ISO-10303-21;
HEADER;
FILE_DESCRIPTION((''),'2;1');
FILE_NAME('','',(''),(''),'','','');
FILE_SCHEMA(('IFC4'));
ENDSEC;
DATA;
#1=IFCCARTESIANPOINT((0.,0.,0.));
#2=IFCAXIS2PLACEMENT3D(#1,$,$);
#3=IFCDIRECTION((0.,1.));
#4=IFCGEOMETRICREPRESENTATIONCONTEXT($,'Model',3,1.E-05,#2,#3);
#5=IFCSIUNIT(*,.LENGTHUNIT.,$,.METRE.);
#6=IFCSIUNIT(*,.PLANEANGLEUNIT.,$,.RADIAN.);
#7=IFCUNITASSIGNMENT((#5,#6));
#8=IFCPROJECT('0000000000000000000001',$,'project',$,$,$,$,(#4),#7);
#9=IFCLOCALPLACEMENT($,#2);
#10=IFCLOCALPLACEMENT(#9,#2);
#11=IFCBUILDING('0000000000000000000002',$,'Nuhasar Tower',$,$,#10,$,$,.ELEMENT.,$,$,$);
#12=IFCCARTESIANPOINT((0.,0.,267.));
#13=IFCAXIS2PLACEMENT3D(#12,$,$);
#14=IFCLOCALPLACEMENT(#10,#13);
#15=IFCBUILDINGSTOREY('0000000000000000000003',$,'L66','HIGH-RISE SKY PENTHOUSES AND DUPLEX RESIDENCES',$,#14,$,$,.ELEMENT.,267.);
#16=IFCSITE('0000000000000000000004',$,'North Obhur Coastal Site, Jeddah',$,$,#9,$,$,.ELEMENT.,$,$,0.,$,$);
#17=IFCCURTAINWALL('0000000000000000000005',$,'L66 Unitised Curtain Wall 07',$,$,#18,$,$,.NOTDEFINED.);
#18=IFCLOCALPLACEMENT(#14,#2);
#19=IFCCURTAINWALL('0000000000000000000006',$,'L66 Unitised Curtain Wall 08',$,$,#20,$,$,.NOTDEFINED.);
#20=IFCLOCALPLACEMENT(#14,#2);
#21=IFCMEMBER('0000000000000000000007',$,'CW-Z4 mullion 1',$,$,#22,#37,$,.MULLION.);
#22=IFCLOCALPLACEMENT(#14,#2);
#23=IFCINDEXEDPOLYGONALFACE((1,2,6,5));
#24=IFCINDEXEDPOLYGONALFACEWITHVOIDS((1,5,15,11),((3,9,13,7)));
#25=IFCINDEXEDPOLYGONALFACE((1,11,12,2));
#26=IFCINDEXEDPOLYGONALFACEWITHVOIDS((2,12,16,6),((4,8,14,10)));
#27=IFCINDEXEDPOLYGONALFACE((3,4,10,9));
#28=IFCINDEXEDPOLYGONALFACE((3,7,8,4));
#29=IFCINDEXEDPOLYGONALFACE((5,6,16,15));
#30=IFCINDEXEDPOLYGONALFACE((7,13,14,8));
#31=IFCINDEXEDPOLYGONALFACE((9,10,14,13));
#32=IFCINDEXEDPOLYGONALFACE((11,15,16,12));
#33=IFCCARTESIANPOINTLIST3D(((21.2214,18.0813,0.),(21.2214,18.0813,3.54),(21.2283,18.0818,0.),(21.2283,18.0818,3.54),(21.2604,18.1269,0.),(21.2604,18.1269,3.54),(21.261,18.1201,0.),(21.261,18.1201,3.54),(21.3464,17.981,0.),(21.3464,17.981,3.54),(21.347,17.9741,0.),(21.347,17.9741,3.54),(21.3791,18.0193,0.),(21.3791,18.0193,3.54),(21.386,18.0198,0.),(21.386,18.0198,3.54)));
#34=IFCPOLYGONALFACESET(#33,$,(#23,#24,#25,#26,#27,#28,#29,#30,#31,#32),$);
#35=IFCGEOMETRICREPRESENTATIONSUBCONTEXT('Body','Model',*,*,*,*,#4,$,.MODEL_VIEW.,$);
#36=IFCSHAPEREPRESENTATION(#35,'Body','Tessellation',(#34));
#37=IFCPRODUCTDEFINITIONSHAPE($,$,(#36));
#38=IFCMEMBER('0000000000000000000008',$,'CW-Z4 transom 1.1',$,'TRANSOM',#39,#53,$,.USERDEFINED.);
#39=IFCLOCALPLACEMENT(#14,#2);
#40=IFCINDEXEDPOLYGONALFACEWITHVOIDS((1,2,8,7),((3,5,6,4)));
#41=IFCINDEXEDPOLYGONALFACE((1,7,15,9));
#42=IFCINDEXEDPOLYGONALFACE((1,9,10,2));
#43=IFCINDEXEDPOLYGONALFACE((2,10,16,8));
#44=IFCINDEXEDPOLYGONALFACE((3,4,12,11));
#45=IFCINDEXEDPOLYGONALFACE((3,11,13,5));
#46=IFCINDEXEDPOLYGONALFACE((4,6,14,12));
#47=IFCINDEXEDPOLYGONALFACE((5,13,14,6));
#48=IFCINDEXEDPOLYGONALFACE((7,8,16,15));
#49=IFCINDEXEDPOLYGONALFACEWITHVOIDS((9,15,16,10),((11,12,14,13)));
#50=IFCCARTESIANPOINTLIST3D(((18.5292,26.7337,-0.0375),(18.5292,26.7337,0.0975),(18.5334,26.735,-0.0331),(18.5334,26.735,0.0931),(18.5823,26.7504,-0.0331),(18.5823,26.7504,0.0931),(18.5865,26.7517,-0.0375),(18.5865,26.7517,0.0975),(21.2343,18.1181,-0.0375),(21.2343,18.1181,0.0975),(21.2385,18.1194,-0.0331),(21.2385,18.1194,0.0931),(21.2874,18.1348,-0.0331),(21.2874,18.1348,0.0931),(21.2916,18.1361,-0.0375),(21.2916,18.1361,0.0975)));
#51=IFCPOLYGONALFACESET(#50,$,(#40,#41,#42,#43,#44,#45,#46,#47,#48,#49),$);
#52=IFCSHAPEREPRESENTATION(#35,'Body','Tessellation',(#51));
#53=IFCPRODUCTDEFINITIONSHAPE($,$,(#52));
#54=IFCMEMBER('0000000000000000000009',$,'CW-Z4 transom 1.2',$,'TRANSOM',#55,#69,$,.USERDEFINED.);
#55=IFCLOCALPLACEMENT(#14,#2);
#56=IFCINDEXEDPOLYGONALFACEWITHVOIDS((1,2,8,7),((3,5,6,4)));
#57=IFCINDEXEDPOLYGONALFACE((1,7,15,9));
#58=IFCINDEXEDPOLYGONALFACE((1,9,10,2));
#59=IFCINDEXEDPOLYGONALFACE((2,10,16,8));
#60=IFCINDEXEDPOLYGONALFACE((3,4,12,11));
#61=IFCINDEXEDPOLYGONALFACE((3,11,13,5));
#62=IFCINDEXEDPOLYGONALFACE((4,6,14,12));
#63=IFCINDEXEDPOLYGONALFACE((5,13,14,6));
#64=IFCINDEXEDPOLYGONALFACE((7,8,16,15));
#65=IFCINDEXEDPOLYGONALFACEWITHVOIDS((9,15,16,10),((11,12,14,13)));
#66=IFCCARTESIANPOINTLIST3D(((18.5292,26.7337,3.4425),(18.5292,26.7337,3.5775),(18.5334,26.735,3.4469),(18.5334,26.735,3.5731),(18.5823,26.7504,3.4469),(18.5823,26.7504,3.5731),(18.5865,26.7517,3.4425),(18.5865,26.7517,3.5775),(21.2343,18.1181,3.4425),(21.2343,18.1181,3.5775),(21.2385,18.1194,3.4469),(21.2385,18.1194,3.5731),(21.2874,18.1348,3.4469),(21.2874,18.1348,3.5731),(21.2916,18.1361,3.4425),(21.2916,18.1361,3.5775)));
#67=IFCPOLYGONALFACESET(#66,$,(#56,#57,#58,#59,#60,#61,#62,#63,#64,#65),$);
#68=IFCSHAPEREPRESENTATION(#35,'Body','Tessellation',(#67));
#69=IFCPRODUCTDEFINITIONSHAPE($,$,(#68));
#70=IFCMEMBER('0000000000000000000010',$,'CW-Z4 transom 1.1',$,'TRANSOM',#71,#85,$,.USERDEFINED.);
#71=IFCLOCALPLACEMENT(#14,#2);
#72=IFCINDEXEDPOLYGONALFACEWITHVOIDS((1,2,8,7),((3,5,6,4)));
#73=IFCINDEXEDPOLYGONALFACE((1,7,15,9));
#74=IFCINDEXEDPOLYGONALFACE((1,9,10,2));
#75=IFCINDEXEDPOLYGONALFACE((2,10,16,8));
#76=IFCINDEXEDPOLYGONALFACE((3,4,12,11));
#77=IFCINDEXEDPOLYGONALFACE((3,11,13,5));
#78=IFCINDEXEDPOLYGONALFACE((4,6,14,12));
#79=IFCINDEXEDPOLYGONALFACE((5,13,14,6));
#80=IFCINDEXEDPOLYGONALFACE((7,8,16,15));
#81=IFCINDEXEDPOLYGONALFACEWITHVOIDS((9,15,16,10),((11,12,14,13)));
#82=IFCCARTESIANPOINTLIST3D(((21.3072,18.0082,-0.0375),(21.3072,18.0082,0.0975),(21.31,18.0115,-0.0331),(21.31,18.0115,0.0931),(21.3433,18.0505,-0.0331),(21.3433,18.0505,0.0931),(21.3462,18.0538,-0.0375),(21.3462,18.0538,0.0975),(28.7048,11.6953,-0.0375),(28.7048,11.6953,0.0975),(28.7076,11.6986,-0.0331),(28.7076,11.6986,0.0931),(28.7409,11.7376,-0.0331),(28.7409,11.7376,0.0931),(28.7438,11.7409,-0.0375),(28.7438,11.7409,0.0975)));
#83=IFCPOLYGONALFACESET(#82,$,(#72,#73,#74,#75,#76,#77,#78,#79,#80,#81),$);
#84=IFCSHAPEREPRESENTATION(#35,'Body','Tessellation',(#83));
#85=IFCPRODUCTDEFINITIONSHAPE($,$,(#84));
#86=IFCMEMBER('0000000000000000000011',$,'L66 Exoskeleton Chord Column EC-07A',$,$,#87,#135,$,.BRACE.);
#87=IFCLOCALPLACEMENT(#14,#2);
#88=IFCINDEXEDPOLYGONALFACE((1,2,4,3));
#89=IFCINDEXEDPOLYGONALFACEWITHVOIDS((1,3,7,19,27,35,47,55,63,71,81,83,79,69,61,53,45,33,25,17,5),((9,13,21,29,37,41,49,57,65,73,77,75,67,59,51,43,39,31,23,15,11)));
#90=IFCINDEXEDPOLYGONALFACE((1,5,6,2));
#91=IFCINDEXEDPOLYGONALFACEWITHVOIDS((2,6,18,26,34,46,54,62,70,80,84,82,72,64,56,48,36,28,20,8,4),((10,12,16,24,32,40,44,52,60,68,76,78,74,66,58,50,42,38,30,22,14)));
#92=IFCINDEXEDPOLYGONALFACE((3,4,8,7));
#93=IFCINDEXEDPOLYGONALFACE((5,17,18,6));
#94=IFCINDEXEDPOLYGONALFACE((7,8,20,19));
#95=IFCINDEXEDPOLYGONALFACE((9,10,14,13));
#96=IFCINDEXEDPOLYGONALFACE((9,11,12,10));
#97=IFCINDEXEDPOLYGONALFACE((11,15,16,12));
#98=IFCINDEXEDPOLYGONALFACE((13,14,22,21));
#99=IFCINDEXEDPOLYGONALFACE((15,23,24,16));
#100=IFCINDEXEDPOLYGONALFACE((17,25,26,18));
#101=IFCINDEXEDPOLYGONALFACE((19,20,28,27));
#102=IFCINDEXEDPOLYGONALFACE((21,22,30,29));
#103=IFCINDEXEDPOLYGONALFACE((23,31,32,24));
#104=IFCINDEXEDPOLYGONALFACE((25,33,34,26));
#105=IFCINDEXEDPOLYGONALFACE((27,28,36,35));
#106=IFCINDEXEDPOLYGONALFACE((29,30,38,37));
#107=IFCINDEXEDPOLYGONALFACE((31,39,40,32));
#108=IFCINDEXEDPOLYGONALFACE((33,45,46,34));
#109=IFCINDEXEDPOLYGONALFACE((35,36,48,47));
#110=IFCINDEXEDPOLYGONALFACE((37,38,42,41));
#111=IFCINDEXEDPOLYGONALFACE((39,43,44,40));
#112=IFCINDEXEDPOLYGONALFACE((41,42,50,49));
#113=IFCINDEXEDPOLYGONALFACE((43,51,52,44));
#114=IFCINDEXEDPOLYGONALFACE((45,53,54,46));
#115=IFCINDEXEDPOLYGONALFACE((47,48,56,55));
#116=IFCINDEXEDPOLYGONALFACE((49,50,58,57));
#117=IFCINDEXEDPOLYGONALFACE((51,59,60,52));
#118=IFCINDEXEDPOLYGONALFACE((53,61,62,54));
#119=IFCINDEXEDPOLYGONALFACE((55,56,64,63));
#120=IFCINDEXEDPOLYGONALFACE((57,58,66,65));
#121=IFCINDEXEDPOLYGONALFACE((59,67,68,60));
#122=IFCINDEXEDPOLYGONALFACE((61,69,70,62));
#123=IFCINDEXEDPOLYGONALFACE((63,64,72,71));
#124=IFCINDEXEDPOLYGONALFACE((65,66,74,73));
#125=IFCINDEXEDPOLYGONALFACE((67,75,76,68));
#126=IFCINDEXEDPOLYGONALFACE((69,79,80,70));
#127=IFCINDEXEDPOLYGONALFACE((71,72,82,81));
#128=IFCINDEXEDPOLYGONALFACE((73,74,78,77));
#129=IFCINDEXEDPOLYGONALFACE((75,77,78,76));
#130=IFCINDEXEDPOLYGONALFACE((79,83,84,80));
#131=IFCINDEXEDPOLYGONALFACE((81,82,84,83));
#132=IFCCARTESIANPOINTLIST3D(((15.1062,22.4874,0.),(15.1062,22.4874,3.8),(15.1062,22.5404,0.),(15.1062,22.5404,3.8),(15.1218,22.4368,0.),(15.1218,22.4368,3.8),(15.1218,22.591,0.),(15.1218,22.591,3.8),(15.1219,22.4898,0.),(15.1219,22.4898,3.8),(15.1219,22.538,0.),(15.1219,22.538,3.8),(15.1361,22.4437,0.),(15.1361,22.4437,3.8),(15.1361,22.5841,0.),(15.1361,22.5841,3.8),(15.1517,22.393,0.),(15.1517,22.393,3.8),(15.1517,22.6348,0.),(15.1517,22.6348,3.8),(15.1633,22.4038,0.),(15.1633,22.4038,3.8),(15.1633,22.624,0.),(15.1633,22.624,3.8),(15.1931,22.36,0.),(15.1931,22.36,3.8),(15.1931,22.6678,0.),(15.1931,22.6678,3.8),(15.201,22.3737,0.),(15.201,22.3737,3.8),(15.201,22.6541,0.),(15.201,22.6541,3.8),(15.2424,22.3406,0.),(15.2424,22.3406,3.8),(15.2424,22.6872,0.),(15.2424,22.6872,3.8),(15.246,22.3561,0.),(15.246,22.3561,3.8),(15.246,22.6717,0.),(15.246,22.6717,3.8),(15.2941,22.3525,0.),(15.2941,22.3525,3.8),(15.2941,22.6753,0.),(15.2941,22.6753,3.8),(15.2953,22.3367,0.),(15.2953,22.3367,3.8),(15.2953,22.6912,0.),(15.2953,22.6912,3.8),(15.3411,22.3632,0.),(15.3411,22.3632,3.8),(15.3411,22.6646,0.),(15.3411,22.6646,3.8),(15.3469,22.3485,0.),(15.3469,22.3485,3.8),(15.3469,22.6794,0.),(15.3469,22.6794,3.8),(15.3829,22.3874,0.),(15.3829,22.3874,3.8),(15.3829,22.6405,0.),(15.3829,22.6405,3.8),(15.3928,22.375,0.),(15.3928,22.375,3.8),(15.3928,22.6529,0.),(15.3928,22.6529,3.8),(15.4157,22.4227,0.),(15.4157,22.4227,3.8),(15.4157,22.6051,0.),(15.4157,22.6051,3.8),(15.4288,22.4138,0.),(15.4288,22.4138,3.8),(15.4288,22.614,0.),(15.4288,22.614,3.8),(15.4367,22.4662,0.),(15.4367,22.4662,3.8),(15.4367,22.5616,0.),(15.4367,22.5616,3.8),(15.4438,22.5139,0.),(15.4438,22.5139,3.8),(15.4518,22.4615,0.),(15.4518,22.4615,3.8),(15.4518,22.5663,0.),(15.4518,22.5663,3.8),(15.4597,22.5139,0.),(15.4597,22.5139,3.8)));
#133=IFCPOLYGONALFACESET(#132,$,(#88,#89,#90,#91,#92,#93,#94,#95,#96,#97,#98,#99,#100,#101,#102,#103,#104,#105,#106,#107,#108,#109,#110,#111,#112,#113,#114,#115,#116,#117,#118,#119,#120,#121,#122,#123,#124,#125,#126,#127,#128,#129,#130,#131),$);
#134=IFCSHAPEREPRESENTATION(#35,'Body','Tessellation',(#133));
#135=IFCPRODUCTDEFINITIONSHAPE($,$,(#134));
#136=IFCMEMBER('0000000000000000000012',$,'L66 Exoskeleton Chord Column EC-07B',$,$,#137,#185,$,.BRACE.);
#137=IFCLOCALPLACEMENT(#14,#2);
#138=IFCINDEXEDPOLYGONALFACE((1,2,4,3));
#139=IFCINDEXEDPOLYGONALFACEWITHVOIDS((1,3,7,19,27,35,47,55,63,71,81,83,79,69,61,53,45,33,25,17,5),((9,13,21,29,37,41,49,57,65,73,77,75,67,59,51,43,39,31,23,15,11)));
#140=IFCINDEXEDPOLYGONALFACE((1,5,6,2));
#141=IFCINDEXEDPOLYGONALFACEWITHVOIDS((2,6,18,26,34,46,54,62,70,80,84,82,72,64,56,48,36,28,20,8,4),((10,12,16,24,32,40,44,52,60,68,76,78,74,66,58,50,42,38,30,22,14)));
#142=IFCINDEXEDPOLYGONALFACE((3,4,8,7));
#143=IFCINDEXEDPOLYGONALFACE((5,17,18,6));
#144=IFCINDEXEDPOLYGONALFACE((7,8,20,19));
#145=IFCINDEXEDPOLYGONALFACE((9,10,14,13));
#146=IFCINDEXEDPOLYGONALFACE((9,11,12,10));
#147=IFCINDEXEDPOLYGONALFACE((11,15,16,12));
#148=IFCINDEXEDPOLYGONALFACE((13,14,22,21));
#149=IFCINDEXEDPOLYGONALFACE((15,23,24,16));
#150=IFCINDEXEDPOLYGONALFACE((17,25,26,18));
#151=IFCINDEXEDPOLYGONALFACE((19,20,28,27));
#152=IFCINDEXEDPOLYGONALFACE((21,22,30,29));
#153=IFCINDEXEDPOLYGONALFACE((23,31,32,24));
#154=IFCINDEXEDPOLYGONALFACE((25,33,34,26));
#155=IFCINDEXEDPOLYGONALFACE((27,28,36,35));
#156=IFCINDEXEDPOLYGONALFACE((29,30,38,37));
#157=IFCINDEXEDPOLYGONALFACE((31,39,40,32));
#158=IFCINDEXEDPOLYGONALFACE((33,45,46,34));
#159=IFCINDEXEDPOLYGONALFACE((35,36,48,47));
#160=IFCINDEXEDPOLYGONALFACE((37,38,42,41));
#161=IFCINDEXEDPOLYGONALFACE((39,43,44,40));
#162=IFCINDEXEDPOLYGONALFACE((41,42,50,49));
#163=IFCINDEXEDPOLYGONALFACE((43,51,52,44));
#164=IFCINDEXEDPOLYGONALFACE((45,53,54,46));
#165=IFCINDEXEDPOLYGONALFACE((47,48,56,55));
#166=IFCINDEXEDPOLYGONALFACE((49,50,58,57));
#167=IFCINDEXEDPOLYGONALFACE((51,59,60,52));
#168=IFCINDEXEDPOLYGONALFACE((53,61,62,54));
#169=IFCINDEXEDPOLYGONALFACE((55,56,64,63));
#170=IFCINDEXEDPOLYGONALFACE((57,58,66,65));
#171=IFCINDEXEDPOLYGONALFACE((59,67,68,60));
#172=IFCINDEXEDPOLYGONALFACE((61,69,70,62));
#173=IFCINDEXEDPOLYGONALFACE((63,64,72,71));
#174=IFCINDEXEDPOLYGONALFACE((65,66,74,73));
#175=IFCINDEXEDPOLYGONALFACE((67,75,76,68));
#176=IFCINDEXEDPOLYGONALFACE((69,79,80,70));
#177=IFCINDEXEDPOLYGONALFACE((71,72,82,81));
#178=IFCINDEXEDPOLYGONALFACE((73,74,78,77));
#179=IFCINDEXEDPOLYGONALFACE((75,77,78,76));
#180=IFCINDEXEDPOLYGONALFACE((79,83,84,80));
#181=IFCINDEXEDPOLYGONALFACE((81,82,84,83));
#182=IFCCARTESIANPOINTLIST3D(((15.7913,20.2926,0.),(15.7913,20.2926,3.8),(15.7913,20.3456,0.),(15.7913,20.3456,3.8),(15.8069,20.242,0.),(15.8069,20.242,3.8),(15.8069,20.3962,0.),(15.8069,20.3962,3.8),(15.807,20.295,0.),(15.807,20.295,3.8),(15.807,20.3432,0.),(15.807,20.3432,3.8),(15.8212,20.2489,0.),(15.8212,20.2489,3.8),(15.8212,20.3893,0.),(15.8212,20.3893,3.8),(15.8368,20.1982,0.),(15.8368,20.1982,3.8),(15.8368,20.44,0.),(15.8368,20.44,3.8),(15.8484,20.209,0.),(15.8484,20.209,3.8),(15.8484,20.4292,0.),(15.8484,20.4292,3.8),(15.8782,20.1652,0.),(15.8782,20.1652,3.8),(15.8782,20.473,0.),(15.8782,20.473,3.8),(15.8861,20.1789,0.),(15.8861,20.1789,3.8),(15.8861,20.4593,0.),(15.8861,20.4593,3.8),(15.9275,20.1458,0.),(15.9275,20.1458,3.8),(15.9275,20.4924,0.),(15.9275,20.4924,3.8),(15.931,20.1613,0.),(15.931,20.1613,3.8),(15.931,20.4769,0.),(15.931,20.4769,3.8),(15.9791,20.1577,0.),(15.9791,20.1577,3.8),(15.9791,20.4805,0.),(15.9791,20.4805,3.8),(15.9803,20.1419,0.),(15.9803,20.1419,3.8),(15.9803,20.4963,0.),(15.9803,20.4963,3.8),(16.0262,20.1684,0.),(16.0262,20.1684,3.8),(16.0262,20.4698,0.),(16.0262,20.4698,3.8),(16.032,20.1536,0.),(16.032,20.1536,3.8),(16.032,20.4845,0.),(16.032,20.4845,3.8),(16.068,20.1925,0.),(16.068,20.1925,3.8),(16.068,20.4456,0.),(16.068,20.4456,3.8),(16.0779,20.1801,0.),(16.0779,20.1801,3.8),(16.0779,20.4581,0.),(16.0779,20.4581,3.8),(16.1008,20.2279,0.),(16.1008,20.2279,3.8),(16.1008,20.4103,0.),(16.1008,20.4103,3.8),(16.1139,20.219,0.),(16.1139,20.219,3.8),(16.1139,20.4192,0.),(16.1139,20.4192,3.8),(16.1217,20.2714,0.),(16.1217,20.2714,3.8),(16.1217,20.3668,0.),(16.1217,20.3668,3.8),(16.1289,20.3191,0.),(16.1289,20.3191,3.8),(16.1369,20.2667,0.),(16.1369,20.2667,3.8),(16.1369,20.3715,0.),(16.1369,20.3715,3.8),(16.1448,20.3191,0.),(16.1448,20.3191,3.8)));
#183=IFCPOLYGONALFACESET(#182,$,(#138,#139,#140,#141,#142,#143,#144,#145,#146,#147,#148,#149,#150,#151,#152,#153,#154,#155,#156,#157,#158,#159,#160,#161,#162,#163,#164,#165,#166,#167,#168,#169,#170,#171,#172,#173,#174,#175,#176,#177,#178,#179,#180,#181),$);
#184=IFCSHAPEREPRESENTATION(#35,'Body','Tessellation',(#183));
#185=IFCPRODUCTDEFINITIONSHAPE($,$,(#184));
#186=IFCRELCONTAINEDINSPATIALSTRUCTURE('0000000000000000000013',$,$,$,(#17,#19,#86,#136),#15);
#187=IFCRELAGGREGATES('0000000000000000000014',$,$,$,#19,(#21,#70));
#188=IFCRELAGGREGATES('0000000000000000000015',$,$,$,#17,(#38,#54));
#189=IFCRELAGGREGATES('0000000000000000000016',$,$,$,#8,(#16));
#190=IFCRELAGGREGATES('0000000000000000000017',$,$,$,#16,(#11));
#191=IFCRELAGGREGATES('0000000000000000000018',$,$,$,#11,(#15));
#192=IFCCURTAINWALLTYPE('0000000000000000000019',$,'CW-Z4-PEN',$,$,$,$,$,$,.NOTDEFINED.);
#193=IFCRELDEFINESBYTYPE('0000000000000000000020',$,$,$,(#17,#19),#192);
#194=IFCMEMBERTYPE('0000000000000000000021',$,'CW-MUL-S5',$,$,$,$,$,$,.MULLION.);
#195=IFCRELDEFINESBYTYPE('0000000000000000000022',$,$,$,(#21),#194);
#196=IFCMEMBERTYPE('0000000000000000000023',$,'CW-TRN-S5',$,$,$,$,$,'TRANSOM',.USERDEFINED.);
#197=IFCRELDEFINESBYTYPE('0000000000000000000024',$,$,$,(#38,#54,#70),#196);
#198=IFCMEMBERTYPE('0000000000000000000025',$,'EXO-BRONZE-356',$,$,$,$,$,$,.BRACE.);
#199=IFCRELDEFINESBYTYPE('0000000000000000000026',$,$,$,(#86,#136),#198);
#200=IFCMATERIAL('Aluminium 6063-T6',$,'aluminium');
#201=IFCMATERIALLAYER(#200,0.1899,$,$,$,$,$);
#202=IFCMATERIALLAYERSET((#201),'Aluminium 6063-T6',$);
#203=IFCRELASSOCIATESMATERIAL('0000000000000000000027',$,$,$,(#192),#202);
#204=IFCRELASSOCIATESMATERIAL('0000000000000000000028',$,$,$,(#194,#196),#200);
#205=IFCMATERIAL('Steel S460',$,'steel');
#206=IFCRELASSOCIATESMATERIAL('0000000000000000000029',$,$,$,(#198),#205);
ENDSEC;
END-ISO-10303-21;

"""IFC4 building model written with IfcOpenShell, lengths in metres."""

from ifc_helpers import new_model, si_unit, direction, frame, origin, origin_2d, place, context, subcontext, project, spatial, hollow_rectangle, hollow_circle, extrude, material, layer, layer_set, material_profile, profile_set, type_object, element, aggregate, save


model = new_model("IFC4")

# Units and contexts
model_context = context("Model", 3, precision=1e-05, world=origin(), true_north=direction((0.0, 1.0)))
body_context = subcontext(model_context, "Body", "Model", "MODEL_VIEW")
ifc_project = project(units=[si_unit("LENGTHUNIT", "METRE"), si_unit("PLANEANGLEUNIT", "RADIAN")], contexts=[model_context])

# Site, building, storey
site_placement = place(None, origin())
site = spatial("IfcSite", under=ifc_project, at=site_placement, Name="North Obhur Coastal Site, Jeddah", CompositionType="ELEMENT", RefElevation=0.0)
building_placement = place(site_placement, origin())
building = spatial("IfcBuilding", under=site, at=building_placement, Name="Nuhasar Tower", CompositionType="ELEMENT")
storey_placement = place(building_placement, frame((0.0, 0.0, 267.0)))
storey = spatial("IfcBuildingStorey", under=building, at=storey_placement, Name="L66", Description="HIGH-RISE SKY PENTHOUSES AND DUPLEX RESIDENCES", CompositionType="ELEMENT", Elevation=267.0)

# Curtain wall
ifc_material_1 = material(Name="Aluminium 6063-T6", Category="aluminium")
ifc_layer_1 = layer(ifc_material_1, 0.1899)
ifc_layer_set_1 = layer_set([ifc_layer_1], Name="Aluminium 6063-T6")
curtain_wall_type = type_object("IfcCurtainWallType", Name="CW-Z4-PEN", PredefinedType="NOTDEFINED", material=ifc_layer_set_1)
curtain_wall_1_placement = place(storey_placement, origin())
curtain_wall_1 = element("IfcCurtainWall", 1, at=curtain_wall_1_placement, inside=storey, type_object=curtain_wall_type, Name="L66 Unitised Curtain Wall 07", PredefinedType="NOTDEFINED")
ifc_material_profile_1 = material_profile(ifc_material_1, hollow_rectangle(XDim=0.0601, YDim=0.165, WallThickness=0.0049, at=origin_2d()), Name="CWM-5")
ifc_profile_set_1 = profile_set([ifc_material_profile_1], Name="Aluminium 6063-T6")
member_type_1 = type_object("IfcMemberType", Name="CW-MUL-S5", PredefinedType="MULLION", material=ifc_profile_set_1)

# Curtain wall, member
curtain_wall_2_placement = place(storey_placement, origin())
curtain_wall_2 = element("IfcCurtainWall", 2, at=curtain_wall_2_placement, inside=storey, type_object=curtain_wall_type, Name="L66 Unitised Curtain Wall 08", PredefinedType="NOTDEFINED")
member_1_placement = place(storey_placement, frame((21.3037, 18.0505, 0.0), z_axis=(0.0, 0.0, 1.0), x_axis=(0.649142, 0.760667, 0.0)))
member_1 = element("IfcMember", 3, at=member_1_placement, type_object=member_type_1, Name="CW-Z4 mullion 1", PredefinedType="MULLION", context=body_context, shape_type="SweptSolid", body=[
    extrude(hollow_rectangle(XDim=0.0601, YDim=0.165, WallThickness=0.0049, at=origin_2d()), origin(), (0.0, 0.0, 1.0), 3.54),
])

# Members
ifc_material_profile_2 = material_profile(ifc_material_1, hollow_rectangle(XDim=0.0601, YDim=0.135, WallThickness=0.0044, at=origin_2d()), Name="CWT-5")
ifc_profile_set_2 = profile_set([ifc_material_profile_2], Name="Aluminium 6063-T6")
member_type_2 = type_object("IfcMemberType", Name="CW-TRN-S5", ElementType="TRANSOM", PredefinedType="USERDEFINED", material=ifc_profile_set_2)
member_2_placement = place(storey_placement, frame((18.5579, 26.7427, 0.03), z_axis=(0.29956, -0.954077, 0.0), x_axis=(0.954077, 0.29956, 0.0)))
member_2 = element("IfcMember", 4, at=member_2_placement, type_object=member_type_2, Name="CW-Z4 transom 1.1", ObjectType="TRANSOM", PredefinedType="USERDEFINED", context=body_context, shape_type="SweptSolid", body=[
    extrude(hollow_rectangle(XDim=0.0601, YDim=0.135, WallThickness=0.0044, at=origin_2d()), origin(), (0.0, 0.0, 1.0), 9.0303),
])
member_3_placement = place(storey_placement, frame((18.5579, 26.7427, 3.51), z_axis=(0.29956, -0.954077, 0.0), x_axis=(0.954077, 0.29956, 0.0)))
member_3 = element("IfcMember", 5, at=member_3_placement, type_object=member_type_2, Name="CW-Z4 transom 1.2", ObjectType="TRANSOM", PredefinedType="USERDEFINED", context=body_context, shape_type="SweptSolid", body=[
    extrude(hollow_rectangle(XDim=0.0601, YDim=0.135, WallThickness=0.0044, at=origin_2d()), origin(), (0.0, 0.0, 1.0), 9.0303),
])
member_4_placement = place(storey_placement, frame((21.3267, 18.031, 0.03), z_axis=(0.760672, -0.649136, 0.0), x_axis=(0.649136, 0.760672, 0.0)))
member_4 = element("IfcMember", 6, at=member_4_placement, type_object=member_type_2, Name="CW-Z4 transom 1.1", ObjectType="TRANSOM", PredefinedType="USERDEFINED", context=body_context, shape_type="SweptSolid", body=[
    extrude(hollow_rectangle(XDim=0.0601, YDim=0.135, WallThickness=0.0044, at=origin_2d()), origin(), (0.0, 0.0, 1.0), 9.7251),
])
aggregate(curtain_wall_2, [member_1, member_4])

# Members
ifc_material_2 = material(Name="Steel S460", Category="steel")
ifc_material_profile_3 = material_profile(ifc_material_2, hollow_circle(Radius=0.1777, WallThickness=0.0159, at=origin_2d()), Name="HSS355.6X15.9")
ifc_profile_set_3 = profile_set([ifc_material_profile_3], Name="Steel S460")
member_type_3 = type_object("IfcMemberType", Name="EXO-BRONZE-356", PredefinedType="BRACE", material=ifc_profile_set_3)
for number, where, z_axis, x_axis, name in (
    (7, (15.282, 22.5139, 0.0), (0.0, 0.0, 1.0), (1.0, 0.0, 0.0), "L66 Exoskeleton Chord Column EC-07A"),
    (8, (15.967, 20.3191, 0.0), (0.0, 0.0, 1.0), (1.0, 0.0, 0.0), "L66 Exoskeleton Chord Column EC-07B"),
):
    element("IfcMember", number, at=place(storey_placement, frame(where, z_axis=z_axis, x_axis=x_axis)), inside=storey, type_object=member_type_3, Name=name, PredefinedType="BRACE", context=body_context, shape_type="SweptSolid", body=[
        extrude(hollow_circle(Radius=0.1777, WallThickness=0.0159, at=origin_2d()), origin(), (0.0, 0.0, 1.0), 3.8),
    ])

aggregate(curtain_wall_1, [member_2, member_3])

save(model, "model.ifc")
